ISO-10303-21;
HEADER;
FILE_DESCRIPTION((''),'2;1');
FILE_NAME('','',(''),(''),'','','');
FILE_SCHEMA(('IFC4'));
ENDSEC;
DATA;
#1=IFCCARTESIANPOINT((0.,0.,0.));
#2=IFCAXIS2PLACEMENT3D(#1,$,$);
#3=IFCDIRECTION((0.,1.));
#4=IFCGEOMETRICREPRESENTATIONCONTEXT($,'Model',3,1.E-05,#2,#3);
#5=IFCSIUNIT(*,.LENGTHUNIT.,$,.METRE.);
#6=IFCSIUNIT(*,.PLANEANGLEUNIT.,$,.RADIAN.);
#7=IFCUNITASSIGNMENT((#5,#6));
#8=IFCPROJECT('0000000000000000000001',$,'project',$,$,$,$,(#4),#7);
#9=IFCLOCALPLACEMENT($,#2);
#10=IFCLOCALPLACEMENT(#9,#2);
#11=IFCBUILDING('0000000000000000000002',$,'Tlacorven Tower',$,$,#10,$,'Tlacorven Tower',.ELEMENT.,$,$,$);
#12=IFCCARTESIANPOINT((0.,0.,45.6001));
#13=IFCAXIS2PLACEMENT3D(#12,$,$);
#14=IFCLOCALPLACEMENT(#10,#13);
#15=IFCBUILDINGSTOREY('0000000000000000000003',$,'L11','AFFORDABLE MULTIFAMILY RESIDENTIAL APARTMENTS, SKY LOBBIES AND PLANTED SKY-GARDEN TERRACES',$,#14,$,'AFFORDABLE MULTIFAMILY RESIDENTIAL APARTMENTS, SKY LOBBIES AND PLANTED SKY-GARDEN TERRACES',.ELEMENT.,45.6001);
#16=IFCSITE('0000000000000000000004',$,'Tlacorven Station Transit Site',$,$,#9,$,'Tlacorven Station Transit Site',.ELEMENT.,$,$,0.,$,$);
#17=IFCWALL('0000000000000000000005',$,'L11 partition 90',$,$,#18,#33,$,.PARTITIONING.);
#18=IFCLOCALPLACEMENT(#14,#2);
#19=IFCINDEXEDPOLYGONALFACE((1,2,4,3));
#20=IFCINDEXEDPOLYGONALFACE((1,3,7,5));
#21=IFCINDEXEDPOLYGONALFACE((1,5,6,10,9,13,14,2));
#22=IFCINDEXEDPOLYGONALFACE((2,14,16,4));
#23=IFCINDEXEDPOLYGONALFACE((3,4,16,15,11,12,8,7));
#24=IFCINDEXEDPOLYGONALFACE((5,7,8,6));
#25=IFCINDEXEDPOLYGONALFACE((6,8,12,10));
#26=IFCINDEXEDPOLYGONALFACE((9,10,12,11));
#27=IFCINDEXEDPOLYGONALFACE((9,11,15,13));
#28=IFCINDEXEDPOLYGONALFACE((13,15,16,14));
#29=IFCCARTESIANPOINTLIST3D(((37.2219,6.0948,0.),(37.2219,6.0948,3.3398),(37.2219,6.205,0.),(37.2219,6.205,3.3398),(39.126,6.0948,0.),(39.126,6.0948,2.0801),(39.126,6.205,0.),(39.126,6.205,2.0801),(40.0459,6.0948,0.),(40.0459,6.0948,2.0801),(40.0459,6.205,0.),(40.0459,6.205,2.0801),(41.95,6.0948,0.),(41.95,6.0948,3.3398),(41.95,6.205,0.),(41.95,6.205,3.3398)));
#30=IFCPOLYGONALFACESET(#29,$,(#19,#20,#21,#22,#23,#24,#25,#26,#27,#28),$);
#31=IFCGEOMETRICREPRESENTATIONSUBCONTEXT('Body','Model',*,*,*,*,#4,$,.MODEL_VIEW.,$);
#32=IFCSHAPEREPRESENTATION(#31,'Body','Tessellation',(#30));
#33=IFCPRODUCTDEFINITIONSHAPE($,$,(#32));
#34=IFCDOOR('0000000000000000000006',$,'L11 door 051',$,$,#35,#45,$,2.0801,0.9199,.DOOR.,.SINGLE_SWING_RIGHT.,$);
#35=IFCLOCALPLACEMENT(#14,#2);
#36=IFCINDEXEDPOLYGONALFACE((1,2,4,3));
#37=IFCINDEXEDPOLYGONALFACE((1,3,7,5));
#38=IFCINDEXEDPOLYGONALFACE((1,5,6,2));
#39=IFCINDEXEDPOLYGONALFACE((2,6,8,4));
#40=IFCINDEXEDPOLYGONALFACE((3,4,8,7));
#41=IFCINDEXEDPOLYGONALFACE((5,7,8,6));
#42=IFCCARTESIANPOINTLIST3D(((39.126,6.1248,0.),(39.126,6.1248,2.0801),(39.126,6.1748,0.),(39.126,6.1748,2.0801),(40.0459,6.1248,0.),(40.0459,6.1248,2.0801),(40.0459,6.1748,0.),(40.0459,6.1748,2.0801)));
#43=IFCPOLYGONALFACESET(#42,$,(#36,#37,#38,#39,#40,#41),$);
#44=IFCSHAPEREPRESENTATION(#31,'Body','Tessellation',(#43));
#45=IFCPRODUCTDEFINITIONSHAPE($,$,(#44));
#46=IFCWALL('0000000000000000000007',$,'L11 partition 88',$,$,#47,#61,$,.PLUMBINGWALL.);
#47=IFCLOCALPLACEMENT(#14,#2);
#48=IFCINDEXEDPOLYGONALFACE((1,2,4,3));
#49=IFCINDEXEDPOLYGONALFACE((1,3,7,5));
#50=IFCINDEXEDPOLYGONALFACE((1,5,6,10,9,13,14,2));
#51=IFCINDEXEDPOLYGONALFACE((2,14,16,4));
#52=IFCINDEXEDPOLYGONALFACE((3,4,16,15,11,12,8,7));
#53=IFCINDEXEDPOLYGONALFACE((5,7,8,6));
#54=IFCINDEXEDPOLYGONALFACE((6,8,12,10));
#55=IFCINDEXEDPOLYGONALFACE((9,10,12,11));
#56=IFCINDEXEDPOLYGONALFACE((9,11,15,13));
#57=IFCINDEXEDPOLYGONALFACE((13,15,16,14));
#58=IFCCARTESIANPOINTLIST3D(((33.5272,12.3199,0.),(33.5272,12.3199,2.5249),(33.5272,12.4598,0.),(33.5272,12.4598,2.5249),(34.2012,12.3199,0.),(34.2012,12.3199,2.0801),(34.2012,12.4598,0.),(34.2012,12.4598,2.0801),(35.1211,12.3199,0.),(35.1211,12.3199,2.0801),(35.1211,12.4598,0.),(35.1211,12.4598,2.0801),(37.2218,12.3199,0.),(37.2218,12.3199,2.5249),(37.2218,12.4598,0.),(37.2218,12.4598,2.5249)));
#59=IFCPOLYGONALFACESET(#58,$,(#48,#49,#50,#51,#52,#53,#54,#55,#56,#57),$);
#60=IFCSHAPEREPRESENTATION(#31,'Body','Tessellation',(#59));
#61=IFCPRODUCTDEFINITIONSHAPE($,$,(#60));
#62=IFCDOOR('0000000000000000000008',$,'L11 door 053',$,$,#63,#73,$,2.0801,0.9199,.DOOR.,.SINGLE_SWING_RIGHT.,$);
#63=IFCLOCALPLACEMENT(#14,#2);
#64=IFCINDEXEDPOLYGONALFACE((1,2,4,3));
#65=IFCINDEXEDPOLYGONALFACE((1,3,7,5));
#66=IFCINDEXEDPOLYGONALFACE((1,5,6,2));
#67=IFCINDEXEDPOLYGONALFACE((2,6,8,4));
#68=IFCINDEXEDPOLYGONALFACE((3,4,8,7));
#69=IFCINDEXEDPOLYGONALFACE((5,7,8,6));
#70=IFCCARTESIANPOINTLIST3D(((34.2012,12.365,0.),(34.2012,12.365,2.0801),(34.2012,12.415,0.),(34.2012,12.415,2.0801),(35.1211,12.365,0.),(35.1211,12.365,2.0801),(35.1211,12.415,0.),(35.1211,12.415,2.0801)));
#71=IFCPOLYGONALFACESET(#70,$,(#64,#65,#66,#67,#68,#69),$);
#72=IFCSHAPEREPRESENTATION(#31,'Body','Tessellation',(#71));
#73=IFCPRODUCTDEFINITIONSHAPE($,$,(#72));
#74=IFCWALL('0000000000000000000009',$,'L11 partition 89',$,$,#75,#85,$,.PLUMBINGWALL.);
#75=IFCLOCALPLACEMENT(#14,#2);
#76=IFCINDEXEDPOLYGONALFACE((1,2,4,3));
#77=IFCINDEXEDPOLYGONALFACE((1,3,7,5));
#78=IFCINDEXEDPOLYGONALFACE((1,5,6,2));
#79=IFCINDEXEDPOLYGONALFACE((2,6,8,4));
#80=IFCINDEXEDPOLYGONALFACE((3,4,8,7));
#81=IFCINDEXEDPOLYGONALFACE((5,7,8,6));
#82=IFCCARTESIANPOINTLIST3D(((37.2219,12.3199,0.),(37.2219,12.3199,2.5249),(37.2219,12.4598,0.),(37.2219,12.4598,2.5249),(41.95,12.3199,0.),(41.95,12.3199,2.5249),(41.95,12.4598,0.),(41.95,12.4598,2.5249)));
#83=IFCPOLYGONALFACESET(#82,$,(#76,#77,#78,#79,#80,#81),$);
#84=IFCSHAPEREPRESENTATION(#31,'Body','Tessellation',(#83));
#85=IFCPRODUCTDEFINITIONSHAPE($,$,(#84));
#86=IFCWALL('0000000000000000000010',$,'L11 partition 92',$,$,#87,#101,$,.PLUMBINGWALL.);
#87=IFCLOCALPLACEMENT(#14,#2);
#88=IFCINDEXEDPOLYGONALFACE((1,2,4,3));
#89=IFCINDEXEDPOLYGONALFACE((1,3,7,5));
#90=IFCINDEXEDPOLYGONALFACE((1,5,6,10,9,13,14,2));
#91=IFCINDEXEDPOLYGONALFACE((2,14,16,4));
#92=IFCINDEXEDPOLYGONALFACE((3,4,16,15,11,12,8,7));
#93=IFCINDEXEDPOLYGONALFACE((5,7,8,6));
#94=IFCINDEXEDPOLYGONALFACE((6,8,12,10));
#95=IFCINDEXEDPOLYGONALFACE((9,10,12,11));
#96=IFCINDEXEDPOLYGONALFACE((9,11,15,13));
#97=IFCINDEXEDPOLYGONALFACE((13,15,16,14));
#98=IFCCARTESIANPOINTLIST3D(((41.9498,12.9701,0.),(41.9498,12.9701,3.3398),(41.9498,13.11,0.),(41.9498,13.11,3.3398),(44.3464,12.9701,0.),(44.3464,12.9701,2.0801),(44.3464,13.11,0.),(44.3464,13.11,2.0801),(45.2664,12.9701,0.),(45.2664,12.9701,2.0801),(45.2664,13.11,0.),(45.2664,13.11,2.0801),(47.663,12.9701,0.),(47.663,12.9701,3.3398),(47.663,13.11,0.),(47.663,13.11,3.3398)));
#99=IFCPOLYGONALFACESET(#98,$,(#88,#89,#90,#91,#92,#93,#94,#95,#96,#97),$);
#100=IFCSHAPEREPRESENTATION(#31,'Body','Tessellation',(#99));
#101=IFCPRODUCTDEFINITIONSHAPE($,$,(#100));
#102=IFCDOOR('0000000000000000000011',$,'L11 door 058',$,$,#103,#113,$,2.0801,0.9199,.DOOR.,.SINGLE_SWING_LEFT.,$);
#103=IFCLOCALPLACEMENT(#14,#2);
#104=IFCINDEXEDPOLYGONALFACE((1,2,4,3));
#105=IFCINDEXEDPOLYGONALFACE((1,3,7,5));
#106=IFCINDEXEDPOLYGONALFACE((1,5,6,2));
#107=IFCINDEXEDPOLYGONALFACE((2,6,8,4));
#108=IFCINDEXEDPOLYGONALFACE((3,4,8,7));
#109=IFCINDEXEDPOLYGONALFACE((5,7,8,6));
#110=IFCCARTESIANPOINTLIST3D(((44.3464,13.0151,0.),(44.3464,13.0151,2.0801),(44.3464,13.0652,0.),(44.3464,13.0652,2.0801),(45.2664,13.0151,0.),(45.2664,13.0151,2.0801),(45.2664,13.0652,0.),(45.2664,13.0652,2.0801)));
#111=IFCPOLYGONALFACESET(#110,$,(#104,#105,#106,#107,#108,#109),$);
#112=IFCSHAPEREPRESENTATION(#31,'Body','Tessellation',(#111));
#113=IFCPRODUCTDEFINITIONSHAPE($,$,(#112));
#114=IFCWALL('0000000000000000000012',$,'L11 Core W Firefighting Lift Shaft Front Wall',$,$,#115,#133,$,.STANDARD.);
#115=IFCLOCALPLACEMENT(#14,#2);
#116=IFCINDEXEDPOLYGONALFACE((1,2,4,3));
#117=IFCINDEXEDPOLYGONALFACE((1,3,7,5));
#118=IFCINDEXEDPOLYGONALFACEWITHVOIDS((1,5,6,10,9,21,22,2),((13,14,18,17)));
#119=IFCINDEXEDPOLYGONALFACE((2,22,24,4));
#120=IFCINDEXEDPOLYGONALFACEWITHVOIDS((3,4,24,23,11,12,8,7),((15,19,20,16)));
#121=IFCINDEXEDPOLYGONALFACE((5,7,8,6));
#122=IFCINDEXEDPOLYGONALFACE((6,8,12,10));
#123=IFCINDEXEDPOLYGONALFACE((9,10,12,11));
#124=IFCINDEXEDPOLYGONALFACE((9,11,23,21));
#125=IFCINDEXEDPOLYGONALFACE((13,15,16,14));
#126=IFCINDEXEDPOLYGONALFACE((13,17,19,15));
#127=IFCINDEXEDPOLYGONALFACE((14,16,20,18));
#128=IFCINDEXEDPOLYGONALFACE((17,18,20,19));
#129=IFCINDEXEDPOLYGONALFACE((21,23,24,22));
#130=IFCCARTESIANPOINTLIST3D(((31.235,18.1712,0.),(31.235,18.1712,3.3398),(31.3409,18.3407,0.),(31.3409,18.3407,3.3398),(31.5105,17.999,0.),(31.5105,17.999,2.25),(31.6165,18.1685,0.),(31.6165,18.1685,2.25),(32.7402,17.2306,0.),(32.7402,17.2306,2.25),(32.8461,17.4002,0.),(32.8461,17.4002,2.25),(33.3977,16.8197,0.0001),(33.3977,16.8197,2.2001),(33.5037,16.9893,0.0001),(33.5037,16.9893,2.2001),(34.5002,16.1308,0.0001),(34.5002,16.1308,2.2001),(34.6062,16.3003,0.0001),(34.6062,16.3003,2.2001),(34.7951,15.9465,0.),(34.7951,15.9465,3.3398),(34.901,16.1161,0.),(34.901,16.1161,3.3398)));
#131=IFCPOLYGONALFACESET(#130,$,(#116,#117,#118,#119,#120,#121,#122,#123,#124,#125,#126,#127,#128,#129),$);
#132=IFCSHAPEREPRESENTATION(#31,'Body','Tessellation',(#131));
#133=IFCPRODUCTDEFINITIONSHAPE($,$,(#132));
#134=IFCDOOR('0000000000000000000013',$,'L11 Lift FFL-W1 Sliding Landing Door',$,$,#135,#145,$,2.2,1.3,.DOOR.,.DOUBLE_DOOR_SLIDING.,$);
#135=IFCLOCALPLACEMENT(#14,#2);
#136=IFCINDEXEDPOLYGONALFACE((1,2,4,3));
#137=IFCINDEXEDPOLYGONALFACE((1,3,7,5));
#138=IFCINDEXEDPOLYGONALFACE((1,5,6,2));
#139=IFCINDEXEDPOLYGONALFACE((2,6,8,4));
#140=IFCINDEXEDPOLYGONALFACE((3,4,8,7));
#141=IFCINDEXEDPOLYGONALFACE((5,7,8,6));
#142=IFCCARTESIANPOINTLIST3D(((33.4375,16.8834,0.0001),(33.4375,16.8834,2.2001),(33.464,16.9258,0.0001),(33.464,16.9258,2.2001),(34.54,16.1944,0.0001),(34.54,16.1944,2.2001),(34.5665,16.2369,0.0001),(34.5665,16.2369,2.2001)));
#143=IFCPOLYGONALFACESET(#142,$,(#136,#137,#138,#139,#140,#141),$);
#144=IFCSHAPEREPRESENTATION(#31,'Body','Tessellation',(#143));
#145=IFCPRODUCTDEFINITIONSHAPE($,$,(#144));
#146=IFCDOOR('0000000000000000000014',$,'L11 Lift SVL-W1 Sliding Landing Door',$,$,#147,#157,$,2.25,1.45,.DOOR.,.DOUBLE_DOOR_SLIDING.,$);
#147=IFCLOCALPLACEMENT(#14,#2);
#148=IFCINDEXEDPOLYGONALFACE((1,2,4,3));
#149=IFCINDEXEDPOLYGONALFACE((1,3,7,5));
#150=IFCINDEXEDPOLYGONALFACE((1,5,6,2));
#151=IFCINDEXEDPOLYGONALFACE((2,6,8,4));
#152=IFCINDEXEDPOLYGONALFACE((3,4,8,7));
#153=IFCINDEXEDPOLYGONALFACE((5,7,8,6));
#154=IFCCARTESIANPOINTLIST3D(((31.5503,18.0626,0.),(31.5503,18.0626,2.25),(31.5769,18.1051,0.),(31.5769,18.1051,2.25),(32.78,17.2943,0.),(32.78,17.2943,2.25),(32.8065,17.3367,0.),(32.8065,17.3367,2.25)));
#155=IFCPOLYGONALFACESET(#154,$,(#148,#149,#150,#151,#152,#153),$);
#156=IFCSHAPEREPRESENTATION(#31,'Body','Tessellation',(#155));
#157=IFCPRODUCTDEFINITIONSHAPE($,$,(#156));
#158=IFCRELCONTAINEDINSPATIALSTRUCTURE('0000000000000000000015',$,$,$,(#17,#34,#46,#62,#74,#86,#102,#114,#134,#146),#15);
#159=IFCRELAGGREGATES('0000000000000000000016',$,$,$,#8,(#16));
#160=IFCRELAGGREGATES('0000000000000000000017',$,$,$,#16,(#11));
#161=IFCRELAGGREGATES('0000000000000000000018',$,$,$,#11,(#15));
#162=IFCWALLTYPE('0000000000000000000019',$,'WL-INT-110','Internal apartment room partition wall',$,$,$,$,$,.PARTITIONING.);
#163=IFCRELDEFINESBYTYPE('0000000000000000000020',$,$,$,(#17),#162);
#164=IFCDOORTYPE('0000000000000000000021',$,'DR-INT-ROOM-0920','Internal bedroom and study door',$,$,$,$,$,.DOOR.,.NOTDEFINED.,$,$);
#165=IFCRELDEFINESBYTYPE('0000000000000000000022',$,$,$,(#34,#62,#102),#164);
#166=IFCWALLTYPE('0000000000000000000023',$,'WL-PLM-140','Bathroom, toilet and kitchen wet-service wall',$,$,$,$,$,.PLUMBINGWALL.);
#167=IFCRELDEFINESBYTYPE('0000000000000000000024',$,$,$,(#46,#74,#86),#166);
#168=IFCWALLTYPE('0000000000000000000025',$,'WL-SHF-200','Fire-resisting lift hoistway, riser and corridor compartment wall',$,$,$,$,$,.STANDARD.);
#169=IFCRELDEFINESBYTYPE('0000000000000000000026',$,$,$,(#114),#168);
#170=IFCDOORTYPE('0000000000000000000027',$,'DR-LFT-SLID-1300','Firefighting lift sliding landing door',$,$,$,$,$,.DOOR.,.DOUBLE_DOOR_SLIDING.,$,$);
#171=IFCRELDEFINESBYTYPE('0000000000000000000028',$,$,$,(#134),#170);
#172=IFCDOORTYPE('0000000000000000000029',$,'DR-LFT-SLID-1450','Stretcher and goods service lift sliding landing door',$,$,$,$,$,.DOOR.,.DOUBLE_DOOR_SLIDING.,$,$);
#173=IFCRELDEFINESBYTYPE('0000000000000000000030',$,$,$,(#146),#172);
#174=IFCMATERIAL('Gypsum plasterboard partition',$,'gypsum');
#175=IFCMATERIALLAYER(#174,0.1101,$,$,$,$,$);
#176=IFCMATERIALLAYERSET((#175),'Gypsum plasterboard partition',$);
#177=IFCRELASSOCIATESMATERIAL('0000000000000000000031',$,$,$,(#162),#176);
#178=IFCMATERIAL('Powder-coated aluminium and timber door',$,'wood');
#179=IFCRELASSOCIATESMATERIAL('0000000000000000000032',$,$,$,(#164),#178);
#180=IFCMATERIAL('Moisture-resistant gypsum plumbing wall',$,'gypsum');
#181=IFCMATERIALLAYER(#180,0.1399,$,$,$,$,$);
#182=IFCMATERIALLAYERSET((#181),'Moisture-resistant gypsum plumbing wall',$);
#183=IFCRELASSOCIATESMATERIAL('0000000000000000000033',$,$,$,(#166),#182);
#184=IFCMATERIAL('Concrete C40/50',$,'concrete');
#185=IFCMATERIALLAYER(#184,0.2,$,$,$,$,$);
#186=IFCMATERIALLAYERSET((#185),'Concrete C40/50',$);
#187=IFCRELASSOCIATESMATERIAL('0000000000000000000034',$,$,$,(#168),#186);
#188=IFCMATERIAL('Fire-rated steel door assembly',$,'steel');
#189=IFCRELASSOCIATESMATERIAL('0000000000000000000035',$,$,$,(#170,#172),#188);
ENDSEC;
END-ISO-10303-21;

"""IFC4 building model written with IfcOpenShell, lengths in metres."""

from ifc_helpers import new_model, si_unit, direction, frame, frame_2d, origin, place, context, subcontext, project, spatial, rectangle, extrude, source, transform, mapped, material, layer, layer_set, type_object, element, fill, save


model = new_model("IFC4")

# Units and contexts
model_context = context("Model", 3, precision=1e-05, world=origin(), true_north=direction((0.0, 1.0)))
body_context = subcontext(model_context, "Body", "Model", "MODEL_VIEW")
ifc_project = project(units=[si_unit("LENGTHUNIT", "METRE"), si_unit("PLANEANGLEUNIT", "RADIAN")], contexts=[model_context])

# Site, building, storey
site_placement = place(None, origin())
site = spatial("IfcSite", under=ifc_project, at=site_placement, Name="Tlacorven Station Transit Site", LongName="Tlacorven Station Transit Site", CompositionType="ELEMENT", RefElevation=0.0)
building_placement = place(site_placement, origin())
building = spatial("IfcBuilding", under=site, at=building_placement, Name="Tlacorven Tower", LongName="Tlacorven Tower", CompositionType="ELEMENT")
storey_placement = place(building_placement, frame((0.0, 0.0, 45.6001)))
storey = spatial("IfcBuildingStorey", under=building, at=storey_placement, Name="L11", Description="AFFORDABLE MULTIFAMILY RESIDENTIAL APARTMENTS, SKY LOBBIES AND PLANTED SKY-GARDEN TERRACES", LongName="AFFORDABLE MULTIFAMILY RESIDENTIAL APARTMENTS, SKY LOBBIES AND PLANTED SKY-GARDEN TERRACES", CompositionType="ELEMENT", Elevation=45.6001)

# Shared definitions
ifc_material_1 = material(Name="Fire-rated steel door assembly", Category="steel")

# Walls, openings, doors
ifc_material_2 = material(Name="Gypsum plasterboard partition", Category="gypsum")
ifc_layer_1 = layer(ifc_material_2, 0.1101)
ifc_layer_set_1 = layer_set([ifc_layer_1], Name="Gypsum plasterboard partition")
wall_type_1 = type_object("IfcWallType", Name="WL-INT-110", Description="Internal apartment room partition wall", PredefinedType="PARTITIONING", material=ifc_layer_set_1)
wall_1_placement = place(storey_placement, frame((37.2219, 6.1499, 0.0), z_axis=(0.0, 0.0, 1.0), x_axis=(1.0, 0.0, 0.0)))
wall_1 = element("IfcWall", 1, at=wall_1_placement, inside=storey, type_object=wall_type_1, Name="L11 partition 90", PredefinedType="PARTITIONING", context=body_context, shape_type="SweptSolid", body=[
    extrude(rectangle(XDim=4.728, YDim=0.1101, at=frame_2d((2.364, 0.0))), origin(), (0.0, 0.0, 1.0), 3.3398),
])
opening_1_placement = place(wall_1_placement, frame((1.9041, 0.0, 0.0)))
opening_1 = element("IfcOpeningElement", 2, at=opening_1_placement, cuts=wall_1, PredefinedType="OPENING", context=body_context, shape_type="SweptSolid", body=[
    extrude(rectangle(XDim=0.9199, YDim=2.0801, at=frame_2d((0.46, 1.04))), frame((0.0, 0.0649, 0.0), z_axis=(0.0, -1.0, 0.0), x_axis=(1.0, 0.0, 0.0)), (0.0, 0.0, 1.0), 0.1301),
])
ifc_material_3 = material(Name="Powder-coated aluminium and timber door", Category="wood")
door_type_1 = type_object("IfcDoorType", Name="DR-INT-ROOM-0920", Description="Internal bedroom and study door", OperationType="NOTDEFINED", PredefinedType="DOOR", material=ifc_material_3)
shared_shape_1 = source(origin(), body_context, "Body", "SweptSolid", [
    extrude(rectangle(XDim=0.9199, YDim=2.0801, at=frame_2d((0.46, 1.04))), frame((0.0, 0.0249, 0.0), z_axis=(0.0, -1.0, 0.0), x_axis=(1.0, 0.0, 0.0)), (0.0, 0.0, 1.0), 0.05),
])
door_1_placement = place(opening_1_placement, origin())
door_1 = element("IfcDoor", 3, at=door_1_placement, inside=storey, type_object=door_type_1, Name="L11 door 051", OperationType="SINGLE_SWING_RIGHT", OverallHeight=2.0801, OverallWidth=0.9199, PredefinedType="DOOR", context=body_context, shape_type="MappedRepresentation", body=[
    mapped(shared_shape_1, transform((0.0, 0.0, 0.0), scale=1.0)),
])
fill(opening_1, door_1)
ifc_material_4 = material(Name="Moisture-resistant gypsum plumbing wall", Category="gypsum")
ifc_layer_2 = layer(ifc_material_4, 0.1399)
ifc_layer_set_2 = layer_set([ifc_layer_2], Name="Moisture-resistant gypsum plumbing wall")
wall_type_2 = type_object("IfcWallType", Name="WL-PLM-140", Description="Bathroom, toilet and kitchen wet-service wall", PredefinedType="PLUMBINGWALL", material=ifc_layer_set_2)
wall_2_placement = place(storey_placement, frame((33.5273, 12.3899, 0.0), z_axis=(0.0, 0.0, 1.0), x_axis=(1.0, 0.0, 0.0)))
wall_2 = element("IfcWall", 4, at=wall_2_placement, inside=storey, type_object=wall_type_2, Name="L11 partition 88", PredefinedType="PLUMBINGWALL", context=body_context, shape_type="SweptSolid", body=[
    extrude(rectangle(XDim=3.6946, YDim=0.1399, at=frame_2d((1.8472, 0.0))), origin(), (0.0, 0.0, 1.0), 2.5249),
])
opening_2_placement = place(wall_2_placement, frame((0.6738, 0.0, 0.0)))
opening_2 = element("IfcOpeningElement", 5, at=opening_2_placement, cuts=wall_2, PredefinedType="OPENING", context=body_context, shape_type="SweptSolid", body=[
    extrude(rectangle(XDim=0.9199, YDim=2.0801, at=frame_2d((0.46, 1.04))), frame((0.0, 0.0801, 0.0), z_axis=(0.0, -1.0, 0.0), x_axis=(1.0, 0.0, 0.0)), (0.0, 0.0, 1.0), 0.1599),
])
door_2_placement = place(opening_2_placement, frame((0.9199, 0.0, 0.0), z_axis=(0.0, 0.0, 1.0), x_axis=(-1.0, 0.0, 0.0)))
door_2 = element("IfcDoor", 6, at=door_2_placement, inside=storey, type_object=door_type_1, Name="L11 door 053", OperationType="SINGLE_SWING_RIGHT", OverallHeight=2.0801, OverallWidth=0.9199, PredefinedType="DOOR", context=body_context, shape_type="MappedRepresentation", body=[
    mapped(shared_shape_1, transform((0.0, 0.0, 0.0), scale=1.0)),
])
fill(opening_2, door_2)

# Wall
wall_3_placement = place(storey_placement, frame((37.2219, 12.3899, 0.0), z_axis=(0.0, 0.0, 1.0), x_axis=(1.0, 0.0, 0.0)))
element("IfcWall", 7, at=wall_3_placement, inside=storey, type_object=wall_type_2, Name="L11 partition 89", PredefinedType="PLUMBINGWALL", context=body_context, shape_type="SweptSolid", body=[
    extrude(rectangle(XDim=4.728, YDim=0.1399, at=frame_2d((2.364, 0.0))), origin(), (0.0, 0.0, 1.0), 2.5249),
])

# Wall, opening, door
wall_4_placement = place(storey_placement, frame((41.95, 13.04, 0.0), z_axis=(0.0, 0.0, 1.0), x_axis=(1.0, 0.0, 0.0)))
wall_4 = element("IfcWall", 8, at=wall_4_placement, inside=storey, type_object=wall_type_2, Name="L11 partition 92", PredefinedType="PLUMBINGWALL", context=body_context, shape_type="SweptSolid", body=[
    extrude(rectangle(XDim=5.7131, YDim=0.1399, at=frame_2d((2.8564, 0.0))), origin(), (0.0, 0.0, 1.0), 3.3398),
])
opening_3_placement = place(wall_4_placement, frame((2.3965, 0.0, 0.0)))
opening_3 = element("IfcOpeningElement", 9, at=opening_3_placement, cuts=wall_4, PredefinedType="OPENING", context=body_context, shape_type="SweptSolid", body=[
    extrude(rectangle(XDim=0.9199, YDim=2.0801, at=frame_2d((0.46, 1.04))), frame((0.0, 0.0801, 0.0), z_axis=(0.0, -1.0, 0.0), x_axis=(1.0, 0.0, 0.0)), (0.0, 0.0, 1.0), 0.1599),
])
door_3_placement = place(opening_3_placement, frame((0.9199, 0.0, 0.0), z_axis=(0.0, 0.0, 1.0), x_axis=(-1.0, 0.0, 0.0)))
door_3 = element("IfcDoor", 10, at=door_3_placement, inside=storey, type_object=door_type_1, Name="L11 door 058", OperationType="SINGLE_SWING_LEFT", OverallHeight=2.0801, OverallWidth=0.9199, PredefinedType="DOOR", context=body_context, shape_type="MappedRepresentation", body=[
    mapped(shared_shape_1, transform((0.0, 0.0, 0.0), scale=1.0)),
])
fill(opening_3, door_3)

# Wall, openings, doors
ifc_material_5 = material(Name="Concrete C40/50", Category="concrete")
ifc_layer_3 = layer(ifc_material_5, 0.2)
ifc_layer_set_3 = layer_set([ifc_layer_3], Name="Concrete C40/50")
wall_type_3 = type_object("IfcWallType", Name="WL-SHF-200", Description="Fire-resisting lift hoistway, riser and corridor compartment wall", PredefinedType="STANDARD", material=ifc_layer_set_3)
wall_5_placement = place(storey_placement, frame((34.8481, 16.0312, 0.0), z_axis=(0.0, 0.0, 1.0), x_axis=(-0.848044, 0.529926, 0.0)))
wall_5 = element("IfcWall", 11, at=wall_5_placement, inside=storey, type_object=wall_type_3, Name="L11 Core W Firefighting Lift Shaft Front Wall", PredefinedType="STANDARD", context=body_context, shape_type="SweptSolid", body=[
    extrude(rectangle(XDim=4.198, YDim=0.2, at=frame_2d((2.0991, 0.0))), origin(), (0.0, 0.0, 1.0), 3.3398),
])
opening_4_placement = place(wall_5_placement, frame((0.3479, 0.0, 0.0)))
opening_4 = element("IfcOpeningElement", 12, at=opening_4_placement, cuts=wall_5, PredefinedType="OPENING", context=body_context, shape_type="SweptSolid", body=[
    extrude(rectangle(XDim=1.3, YDim=2.2, at=frame_2d((0.6499, 1.1001))), frame((0.0, 0.1099, 0.0), z_axis=(0.0, -1.0, 0.0), x_axis=(1.0, 0.0, 0.0)), (0.0, 0.0, 1.0), 0.22),
])
opening_5_placement = place(wall_5_placement, frame((2.4231, 0.0, 0.0)))
opening_5 = element("IfcOpeningElement", 13, at=opening_5_placement, cuts=wall_5, PredefinedType="OPENING", context=body_context, shape_type="SweptSolid", body=[
    extrude(rectangle(XDim=1.45, YDim=2.25, at=frame_2d((0.7251, 1.125))), frame((0.0, 0.1099, 0.0), z_axis=(0.0, -1.0, 0.0), x_axis=(1.0, 0.0, 0.0)), (0.0, 0.0, 1.0), 0.22),
])
door_type_2 = type_object("IfcDoorType", Name="DR-LFT-SLID-1300", Description="Firefighting lift sliding landing door", OperationType="DOUBLE_DOOR_SLIDING", PredefinedType="DOOR", material=ifc_material_1)
shared_shape_2 = source(origin(), body_context, "Body", "SweptSolid", [
    extrude(rectangle(XDim=1.3, YDim=2.2, at=frame_2d((0.6499, 1.1001))), frame((0.0, 0.0249, 0.0), z_axis=(0.0, -1.0, 0.0), x_axis=(1.0, 0.0, 0.0)), (0.0, 0.0, 1.0), 0.05),
])
door_4_placement = place(opening_4_placement, origin())
door_4 = element("IfcDoor", 14, at=door_4_placement, inside=storey, type_object=door_type_2, Name="L11 Lift FFL-W1 Sliding Landing Door", OperationType="DOUBLE_DOOR_SLIDING", OverallHeight=2.2, OverallWidth=1.3, PredefinedType="DOOR", context=body_context, shape_type="MappedRepresentation", body=[
    mapped(shared_shape_2, transform((0.0, 0.0, 0.0), scale=1.0)),
])
fill(opening_4, door_4)
door_type_3 = type_object("IfcDoorType", Name="DR-LFT-SLID-1450", Description="Stretcher and goods service lift sliding landing door", OperationType="DOUBLE_DOOR_SLIDING", PredefinedType="DOOR", material=ifc_material_1)
shared_shape_3 = source(origin(), body_context, "Body", "SweptSolid", [
    extrude(rectangle(XDim=1.45, YDim=2.25, at=frame_2d((0.7251, 1.125))), frame((0.0, 0.0249, 0.0), z_axis=(0.0, -1.0, 0.0), x_axis=(1.0, 0.0, 0.0)), (0.0, 0.0, 1.0), 0.05),
])
door_5_placement = place(opening_5_placement, origin())
door_5 = element("IfcDoor", 15, at=door_5_placement, inside=storey, type_object=door_type_3, Name="L11 Lift SVL-W1 Sliding Landing Door", OperationType="DOUBLE_DOOR_SLIDING", OverallHeight=2.25, OverallWidth=1.45, PredefinedType="DOOR", context=body_context, shape_type="MappedRepresentation", body=[
    mapped(shared_shape_3, transform((0.0, 0.0, 0.0), scale=1.0)),
])
fill(opening_5, door_5)

save(model, "model.ifc")
